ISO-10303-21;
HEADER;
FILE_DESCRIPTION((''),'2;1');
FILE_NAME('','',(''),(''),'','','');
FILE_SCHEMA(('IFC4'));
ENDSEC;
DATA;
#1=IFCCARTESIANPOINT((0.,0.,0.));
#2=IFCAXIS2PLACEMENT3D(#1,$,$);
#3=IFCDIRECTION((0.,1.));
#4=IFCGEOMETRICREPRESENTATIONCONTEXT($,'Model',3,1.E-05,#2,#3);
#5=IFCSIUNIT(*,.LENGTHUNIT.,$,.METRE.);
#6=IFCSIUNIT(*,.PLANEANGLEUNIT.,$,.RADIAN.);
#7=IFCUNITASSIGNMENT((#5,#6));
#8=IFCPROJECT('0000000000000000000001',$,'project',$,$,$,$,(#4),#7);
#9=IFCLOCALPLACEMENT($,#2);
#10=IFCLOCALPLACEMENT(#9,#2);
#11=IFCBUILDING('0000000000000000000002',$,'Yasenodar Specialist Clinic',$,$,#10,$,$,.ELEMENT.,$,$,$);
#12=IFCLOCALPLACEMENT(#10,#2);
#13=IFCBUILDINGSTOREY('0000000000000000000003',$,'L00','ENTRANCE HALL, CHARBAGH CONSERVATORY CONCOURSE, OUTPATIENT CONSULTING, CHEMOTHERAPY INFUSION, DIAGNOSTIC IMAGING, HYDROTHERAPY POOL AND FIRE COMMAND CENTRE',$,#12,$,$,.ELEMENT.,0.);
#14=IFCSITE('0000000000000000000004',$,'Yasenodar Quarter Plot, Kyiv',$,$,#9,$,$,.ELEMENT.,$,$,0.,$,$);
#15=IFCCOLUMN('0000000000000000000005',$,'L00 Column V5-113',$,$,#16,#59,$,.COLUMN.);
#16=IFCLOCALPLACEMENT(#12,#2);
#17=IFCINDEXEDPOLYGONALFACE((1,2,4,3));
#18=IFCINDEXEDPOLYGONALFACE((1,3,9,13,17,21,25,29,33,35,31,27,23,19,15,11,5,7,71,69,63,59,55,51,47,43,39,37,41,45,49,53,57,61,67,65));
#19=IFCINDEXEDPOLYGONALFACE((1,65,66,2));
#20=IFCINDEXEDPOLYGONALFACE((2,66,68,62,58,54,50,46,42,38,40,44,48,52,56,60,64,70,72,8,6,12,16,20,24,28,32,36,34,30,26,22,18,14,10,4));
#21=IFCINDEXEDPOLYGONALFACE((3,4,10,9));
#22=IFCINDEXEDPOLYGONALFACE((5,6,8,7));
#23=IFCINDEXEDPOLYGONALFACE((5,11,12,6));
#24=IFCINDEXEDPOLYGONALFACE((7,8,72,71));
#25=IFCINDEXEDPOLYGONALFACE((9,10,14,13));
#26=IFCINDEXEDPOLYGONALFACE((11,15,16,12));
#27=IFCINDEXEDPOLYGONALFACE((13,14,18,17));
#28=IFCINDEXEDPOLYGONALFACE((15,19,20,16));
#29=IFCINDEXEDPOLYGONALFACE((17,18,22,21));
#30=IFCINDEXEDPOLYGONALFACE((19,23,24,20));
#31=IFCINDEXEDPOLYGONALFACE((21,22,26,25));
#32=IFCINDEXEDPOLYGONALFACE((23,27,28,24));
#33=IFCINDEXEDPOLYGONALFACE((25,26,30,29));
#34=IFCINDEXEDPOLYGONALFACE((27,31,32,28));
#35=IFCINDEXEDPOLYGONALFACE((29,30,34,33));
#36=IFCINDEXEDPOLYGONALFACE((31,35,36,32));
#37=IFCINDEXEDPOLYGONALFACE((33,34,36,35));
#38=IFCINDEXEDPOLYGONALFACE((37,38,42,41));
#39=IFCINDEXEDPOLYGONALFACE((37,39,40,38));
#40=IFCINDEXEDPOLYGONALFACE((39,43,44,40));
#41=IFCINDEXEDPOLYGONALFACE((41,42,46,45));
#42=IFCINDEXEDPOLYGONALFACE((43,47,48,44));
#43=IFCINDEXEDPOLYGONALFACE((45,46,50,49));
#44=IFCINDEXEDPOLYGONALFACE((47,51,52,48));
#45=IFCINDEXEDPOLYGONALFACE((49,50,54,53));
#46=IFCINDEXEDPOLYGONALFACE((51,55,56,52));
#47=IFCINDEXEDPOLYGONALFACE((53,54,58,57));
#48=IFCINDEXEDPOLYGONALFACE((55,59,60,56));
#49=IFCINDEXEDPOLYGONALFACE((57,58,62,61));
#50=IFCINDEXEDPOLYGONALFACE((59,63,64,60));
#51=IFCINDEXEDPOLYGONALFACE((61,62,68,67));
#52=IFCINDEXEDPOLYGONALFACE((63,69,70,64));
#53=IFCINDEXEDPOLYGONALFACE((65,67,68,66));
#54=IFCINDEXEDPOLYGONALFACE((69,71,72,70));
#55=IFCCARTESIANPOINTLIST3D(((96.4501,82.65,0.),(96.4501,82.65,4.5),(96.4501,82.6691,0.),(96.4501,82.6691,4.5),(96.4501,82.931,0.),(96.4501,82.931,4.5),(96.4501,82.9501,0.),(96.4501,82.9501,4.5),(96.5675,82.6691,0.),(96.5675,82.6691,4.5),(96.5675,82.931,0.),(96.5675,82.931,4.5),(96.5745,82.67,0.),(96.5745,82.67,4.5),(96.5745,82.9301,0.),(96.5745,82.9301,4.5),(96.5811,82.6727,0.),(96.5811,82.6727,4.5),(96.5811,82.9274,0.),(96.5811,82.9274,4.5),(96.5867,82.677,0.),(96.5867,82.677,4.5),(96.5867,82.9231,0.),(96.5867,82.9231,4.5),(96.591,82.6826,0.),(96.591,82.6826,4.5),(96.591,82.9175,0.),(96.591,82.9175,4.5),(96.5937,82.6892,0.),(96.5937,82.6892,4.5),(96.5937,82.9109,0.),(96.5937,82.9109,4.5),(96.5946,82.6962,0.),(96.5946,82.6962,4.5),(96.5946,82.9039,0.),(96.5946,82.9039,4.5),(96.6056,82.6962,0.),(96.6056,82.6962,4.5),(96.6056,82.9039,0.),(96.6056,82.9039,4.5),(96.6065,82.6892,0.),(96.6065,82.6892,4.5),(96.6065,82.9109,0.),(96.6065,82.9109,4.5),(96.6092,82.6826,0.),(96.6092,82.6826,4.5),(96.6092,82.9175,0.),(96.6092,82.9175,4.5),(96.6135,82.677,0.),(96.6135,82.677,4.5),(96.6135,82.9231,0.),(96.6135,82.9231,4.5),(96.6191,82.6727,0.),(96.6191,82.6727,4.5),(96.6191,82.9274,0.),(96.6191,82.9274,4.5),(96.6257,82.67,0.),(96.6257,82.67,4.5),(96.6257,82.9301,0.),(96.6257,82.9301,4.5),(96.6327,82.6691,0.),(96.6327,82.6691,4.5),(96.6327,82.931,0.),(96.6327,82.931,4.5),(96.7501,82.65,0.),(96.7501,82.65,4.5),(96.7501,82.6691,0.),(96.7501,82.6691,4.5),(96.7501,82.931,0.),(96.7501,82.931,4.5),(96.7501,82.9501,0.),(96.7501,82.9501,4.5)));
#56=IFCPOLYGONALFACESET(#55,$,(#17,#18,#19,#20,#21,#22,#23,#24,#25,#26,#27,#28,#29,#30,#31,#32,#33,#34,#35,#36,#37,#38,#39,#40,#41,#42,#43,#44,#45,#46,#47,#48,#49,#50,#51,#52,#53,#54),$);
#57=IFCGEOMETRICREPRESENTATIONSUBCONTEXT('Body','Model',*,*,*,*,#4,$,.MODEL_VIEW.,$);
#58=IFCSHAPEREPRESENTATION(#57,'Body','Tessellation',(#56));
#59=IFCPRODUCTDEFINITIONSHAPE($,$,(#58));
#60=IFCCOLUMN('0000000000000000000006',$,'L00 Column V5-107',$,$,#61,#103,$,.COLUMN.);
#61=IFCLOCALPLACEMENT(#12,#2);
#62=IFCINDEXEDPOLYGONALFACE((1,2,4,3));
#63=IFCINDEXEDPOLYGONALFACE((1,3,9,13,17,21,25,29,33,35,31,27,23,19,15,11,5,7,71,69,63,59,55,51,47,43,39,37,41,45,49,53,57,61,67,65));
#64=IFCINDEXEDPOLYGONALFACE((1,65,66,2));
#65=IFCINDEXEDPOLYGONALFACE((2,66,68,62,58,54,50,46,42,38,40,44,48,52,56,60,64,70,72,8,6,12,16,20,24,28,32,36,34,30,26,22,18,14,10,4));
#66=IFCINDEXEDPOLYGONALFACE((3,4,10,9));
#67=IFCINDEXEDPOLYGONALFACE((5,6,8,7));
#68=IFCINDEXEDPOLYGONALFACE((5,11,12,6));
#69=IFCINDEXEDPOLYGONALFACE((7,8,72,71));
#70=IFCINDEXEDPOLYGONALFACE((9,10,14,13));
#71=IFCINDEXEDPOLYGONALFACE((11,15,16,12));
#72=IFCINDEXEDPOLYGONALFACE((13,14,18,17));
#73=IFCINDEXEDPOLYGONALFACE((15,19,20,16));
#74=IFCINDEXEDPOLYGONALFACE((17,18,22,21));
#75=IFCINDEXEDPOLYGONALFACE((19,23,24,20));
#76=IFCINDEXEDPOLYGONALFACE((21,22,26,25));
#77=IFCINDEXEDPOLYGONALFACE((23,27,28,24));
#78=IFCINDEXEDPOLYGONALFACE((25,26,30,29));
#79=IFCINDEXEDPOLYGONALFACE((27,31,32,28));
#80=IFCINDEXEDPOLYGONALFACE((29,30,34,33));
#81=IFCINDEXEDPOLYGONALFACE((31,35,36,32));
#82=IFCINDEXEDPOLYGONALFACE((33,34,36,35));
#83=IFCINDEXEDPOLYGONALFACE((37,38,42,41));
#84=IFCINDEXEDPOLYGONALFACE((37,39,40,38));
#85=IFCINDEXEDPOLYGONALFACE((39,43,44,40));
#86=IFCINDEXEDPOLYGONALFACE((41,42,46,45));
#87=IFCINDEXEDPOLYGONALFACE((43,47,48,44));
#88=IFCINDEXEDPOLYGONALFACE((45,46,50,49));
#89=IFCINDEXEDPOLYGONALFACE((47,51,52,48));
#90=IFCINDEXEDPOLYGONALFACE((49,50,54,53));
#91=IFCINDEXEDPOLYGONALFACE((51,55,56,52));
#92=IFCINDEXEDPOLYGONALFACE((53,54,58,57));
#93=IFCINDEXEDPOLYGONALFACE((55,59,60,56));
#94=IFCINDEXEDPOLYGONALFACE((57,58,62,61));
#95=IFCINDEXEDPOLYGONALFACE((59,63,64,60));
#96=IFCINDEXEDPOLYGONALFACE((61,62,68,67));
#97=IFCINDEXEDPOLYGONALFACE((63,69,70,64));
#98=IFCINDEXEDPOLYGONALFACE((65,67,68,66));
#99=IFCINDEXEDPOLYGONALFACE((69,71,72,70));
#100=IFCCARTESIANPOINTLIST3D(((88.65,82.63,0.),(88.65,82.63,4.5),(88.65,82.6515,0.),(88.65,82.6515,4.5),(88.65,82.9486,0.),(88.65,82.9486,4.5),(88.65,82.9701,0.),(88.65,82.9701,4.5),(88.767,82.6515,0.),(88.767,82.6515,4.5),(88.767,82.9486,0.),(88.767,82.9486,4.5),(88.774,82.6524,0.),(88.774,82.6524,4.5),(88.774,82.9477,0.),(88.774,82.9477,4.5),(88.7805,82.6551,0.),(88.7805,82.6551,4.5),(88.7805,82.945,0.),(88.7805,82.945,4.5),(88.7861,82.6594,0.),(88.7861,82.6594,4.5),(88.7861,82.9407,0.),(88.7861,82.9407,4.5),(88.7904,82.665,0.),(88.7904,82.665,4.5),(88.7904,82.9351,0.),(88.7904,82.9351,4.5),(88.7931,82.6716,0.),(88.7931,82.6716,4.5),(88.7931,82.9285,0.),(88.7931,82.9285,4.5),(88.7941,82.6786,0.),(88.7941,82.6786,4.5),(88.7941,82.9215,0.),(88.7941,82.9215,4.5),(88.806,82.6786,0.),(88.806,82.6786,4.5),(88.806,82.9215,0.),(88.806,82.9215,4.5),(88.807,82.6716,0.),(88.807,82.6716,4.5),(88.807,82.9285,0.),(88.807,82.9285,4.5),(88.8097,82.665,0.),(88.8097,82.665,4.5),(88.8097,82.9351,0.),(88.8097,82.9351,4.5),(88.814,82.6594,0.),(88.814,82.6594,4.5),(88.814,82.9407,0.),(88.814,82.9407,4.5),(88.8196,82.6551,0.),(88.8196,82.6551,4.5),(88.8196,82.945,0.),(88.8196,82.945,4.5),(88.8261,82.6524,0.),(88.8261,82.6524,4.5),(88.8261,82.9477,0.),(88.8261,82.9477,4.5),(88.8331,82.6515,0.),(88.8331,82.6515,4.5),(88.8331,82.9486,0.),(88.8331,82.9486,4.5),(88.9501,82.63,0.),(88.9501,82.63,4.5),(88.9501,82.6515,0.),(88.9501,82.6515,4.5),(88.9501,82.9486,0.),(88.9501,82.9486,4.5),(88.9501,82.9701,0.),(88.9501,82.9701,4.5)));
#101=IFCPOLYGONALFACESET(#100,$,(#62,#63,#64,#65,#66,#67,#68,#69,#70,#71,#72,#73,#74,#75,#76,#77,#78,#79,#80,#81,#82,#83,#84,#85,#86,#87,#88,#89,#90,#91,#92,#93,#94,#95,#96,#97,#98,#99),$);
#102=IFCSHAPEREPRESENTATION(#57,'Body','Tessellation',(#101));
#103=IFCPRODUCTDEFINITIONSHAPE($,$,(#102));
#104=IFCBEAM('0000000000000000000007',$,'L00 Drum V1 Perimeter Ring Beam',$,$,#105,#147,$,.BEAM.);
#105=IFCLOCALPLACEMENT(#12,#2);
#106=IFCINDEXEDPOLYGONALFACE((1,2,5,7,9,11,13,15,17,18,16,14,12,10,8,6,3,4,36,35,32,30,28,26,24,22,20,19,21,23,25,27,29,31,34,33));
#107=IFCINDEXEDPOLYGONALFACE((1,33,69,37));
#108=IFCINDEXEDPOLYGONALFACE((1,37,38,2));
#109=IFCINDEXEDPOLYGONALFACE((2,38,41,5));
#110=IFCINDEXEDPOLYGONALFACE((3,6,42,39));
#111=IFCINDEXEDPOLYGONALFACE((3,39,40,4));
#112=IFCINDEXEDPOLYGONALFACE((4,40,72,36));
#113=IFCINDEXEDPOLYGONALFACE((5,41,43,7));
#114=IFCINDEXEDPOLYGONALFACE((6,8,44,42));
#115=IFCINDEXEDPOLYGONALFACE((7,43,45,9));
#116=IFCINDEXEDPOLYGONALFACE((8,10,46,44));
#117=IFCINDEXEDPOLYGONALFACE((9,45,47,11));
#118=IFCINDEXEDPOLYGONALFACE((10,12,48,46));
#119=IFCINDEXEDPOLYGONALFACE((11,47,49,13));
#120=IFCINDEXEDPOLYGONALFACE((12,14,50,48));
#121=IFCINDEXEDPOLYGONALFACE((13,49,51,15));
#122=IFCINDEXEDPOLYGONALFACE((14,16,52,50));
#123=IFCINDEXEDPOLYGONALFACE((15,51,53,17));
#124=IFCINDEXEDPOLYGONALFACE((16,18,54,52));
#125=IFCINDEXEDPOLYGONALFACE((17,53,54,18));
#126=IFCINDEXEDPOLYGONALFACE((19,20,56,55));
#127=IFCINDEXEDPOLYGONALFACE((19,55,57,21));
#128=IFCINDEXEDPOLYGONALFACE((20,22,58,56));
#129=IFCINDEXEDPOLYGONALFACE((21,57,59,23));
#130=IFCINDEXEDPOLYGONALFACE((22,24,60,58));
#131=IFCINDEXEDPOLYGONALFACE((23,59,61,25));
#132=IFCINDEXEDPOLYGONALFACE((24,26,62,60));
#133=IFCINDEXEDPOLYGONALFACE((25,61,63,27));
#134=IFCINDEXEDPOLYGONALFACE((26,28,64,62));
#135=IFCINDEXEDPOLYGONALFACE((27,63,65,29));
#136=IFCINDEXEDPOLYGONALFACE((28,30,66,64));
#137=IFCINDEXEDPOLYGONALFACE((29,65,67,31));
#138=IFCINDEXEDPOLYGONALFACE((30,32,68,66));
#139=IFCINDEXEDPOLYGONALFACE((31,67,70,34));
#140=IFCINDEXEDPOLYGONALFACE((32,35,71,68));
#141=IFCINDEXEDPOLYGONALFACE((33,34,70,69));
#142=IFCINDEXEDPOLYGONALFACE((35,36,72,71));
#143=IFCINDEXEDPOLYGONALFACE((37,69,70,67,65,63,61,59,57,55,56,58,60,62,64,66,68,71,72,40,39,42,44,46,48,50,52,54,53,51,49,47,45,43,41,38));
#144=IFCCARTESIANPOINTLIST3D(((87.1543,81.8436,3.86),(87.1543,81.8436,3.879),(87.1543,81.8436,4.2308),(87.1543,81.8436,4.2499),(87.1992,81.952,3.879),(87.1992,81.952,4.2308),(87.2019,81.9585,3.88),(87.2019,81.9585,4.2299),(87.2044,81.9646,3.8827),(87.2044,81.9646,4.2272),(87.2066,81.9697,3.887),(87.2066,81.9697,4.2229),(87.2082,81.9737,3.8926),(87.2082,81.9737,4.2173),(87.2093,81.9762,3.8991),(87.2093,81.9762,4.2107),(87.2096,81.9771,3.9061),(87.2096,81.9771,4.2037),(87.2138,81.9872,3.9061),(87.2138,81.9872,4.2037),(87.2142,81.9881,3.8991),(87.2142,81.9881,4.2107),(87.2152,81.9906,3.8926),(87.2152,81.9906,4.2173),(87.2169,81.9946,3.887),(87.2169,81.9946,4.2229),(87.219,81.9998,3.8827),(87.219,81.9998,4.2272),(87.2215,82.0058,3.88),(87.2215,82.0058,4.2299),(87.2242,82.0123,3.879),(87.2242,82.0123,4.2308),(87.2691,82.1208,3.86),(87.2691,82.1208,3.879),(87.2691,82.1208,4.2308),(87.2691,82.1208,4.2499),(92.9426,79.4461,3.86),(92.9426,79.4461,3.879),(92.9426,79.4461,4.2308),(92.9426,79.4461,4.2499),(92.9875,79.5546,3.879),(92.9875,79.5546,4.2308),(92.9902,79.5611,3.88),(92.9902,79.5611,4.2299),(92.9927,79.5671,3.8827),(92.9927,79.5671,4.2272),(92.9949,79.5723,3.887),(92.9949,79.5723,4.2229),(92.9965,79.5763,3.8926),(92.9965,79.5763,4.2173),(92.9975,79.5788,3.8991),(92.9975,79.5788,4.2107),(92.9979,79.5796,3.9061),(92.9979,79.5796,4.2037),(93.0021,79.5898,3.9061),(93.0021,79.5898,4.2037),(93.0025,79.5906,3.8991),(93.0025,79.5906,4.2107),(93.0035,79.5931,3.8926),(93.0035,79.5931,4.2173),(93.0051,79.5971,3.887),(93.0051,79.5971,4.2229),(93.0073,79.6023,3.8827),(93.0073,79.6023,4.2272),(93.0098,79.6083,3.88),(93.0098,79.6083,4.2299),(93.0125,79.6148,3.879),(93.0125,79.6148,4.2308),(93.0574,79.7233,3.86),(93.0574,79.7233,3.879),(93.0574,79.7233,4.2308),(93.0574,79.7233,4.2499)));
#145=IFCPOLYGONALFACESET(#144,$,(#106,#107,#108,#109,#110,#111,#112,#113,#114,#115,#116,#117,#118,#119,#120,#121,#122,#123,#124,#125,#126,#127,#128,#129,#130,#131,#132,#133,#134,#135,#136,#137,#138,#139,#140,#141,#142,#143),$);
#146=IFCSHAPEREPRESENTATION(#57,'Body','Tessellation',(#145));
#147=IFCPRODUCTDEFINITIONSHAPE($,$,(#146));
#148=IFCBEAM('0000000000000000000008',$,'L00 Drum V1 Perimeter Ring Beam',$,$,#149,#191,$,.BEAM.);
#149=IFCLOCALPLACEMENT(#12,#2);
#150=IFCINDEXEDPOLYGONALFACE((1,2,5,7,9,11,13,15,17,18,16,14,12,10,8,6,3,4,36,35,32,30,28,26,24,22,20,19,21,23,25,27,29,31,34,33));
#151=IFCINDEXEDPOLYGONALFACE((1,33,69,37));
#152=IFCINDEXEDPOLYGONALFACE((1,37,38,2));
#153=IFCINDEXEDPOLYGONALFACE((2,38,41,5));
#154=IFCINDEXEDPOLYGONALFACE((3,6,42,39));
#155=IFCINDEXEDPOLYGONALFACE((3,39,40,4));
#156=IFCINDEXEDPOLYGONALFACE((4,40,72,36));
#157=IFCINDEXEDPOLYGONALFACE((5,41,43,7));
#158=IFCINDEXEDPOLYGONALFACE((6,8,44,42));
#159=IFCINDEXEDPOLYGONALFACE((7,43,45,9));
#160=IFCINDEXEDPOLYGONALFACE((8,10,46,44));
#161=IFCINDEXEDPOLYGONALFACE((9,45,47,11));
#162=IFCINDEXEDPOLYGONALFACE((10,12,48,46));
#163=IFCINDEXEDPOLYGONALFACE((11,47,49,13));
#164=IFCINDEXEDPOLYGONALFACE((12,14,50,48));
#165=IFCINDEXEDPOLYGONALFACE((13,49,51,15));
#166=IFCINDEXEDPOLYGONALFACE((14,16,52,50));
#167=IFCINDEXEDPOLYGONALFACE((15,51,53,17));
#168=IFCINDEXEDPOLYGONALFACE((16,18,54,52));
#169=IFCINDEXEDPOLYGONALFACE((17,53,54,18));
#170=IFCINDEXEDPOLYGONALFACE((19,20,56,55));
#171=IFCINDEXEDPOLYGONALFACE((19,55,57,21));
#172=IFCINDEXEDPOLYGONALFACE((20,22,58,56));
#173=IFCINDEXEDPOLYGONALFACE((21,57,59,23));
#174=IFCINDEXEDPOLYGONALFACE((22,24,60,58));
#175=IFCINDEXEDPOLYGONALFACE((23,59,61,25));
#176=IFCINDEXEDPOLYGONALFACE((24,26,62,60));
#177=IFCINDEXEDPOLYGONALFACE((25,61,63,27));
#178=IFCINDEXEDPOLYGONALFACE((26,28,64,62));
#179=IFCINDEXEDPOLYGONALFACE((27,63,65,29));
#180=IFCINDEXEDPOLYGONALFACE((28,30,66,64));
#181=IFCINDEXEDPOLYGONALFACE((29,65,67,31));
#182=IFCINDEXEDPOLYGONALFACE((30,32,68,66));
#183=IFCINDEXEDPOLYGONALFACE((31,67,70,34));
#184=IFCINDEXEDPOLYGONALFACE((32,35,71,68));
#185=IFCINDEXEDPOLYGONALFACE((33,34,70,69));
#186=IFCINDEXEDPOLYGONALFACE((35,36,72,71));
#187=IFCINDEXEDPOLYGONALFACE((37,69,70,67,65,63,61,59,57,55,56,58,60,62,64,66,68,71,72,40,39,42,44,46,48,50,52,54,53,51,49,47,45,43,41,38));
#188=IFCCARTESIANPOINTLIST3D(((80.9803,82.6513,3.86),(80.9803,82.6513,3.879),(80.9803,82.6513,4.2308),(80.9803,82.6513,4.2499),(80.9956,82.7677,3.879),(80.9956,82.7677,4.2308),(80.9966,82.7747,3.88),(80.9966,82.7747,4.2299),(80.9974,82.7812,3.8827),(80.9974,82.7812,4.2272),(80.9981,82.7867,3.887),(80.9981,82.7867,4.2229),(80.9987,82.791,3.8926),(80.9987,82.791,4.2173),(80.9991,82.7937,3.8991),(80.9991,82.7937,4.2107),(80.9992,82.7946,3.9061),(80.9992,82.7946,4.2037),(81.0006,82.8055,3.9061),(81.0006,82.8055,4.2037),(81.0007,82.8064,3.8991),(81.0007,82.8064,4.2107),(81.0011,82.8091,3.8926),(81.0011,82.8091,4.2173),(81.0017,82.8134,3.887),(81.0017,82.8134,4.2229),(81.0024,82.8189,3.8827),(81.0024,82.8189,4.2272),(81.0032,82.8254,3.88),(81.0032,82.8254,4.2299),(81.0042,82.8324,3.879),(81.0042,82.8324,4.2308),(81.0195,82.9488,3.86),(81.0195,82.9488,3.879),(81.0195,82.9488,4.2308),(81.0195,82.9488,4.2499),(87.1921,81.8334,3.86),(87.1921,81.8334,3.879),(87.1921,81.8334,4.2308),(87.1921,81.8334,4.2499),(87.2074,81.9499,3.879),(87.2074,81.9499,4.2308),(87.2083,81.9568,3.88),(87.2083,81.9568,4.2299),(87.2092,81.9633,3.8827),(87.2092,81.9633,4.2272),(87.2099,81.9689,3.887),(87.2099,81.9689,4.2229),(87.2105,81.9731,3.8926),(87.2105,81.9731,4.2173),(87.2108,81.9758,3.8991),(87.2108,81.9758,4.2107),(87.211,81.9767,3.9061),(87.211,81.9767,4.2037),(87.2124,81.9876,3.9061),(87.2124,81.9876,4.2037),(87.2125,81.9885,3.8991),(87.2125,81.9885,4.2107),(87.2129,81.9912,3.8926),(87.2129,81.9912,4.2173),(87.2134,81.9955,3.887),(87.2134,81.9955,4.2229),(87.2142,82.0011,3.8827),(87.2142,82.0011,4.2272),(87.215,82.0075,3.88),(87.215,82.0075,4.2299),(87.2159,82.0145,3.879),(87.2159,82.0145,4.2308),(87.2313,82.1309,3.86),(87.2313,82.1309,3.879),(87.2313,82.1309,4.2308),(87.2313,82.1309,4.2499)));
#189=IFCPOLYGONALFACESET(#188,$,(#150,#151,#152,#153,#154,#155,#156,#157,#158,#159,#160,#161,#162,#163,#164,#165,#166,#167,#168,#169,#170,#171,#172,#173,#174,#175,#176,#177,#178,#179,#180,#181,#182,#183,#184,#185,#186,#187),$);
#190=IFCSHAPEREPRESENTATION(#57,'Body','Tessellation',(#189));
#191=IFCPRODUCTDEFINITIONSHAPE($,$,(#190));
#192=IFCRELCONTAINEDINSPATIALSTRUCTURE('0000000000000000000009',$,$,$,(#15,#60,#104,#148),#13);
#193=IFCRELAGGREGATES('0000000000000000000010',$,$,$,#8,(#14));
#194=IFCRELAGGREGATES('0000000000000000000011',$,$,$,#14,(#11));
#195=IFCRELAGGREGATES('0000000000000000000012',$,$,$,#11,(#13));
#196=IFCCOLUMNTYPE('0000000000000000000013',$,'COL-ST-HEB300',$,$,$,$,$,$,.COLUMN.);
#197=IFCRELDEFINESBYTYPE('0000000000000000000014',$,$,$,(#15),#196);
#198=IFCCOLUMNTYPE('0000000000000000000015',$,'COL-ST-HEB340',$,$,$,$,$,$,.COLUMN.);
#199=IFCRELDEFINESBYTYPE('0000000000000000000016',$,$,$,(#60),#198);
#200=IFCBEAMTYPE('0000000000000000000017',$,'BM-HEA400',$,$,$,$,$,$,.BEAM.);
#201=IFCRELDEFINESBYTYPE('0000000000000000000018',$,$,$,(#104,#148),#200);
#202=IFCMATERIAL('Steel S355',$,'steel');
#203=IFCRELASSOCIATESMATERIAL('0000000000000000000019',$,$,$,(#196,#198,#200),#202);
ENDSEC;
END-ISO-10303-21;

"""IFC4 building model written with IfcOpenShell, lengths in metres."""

from ifc_helpers import new_model, si_unit, direction, frame, origin, origin_2d, place, context, subcontext, project, spatial, i_section, extrude, material, material_profile, profile_set, type_object, element, save


model = new_model("IFC4")

# Units and contexts
model_context = context("Model", 3, precision=1e-05, world=origin(), true_north=direction((0.0, 1.0)))
body_context = subcontext(model_context, "Body", "Model", "MODEL_VIEW")
ifc_project = project(units=[si_unit("LENGTHUNIT", "METRE"), si_unit("PLANEANGLEUNIT", "RADIAN")], contexts=[model_context])

# Site, building, storey
site_placement = place(None, origin())
site = spatial("IfcSite", under=ifc_project, at=site_placement, Name="Yasenodar Quarter Plot, Kyiv", CompositionType="ELEMENT", RefElevation=0.0)
building_placement = place(site_placement, origin())
building = spatial("IfcBuilding", under=site, at=building_placement, Name="Yasenodar Specialist Clinic", CompositionType="ELEMENT")
storey_placement = place(building_placement, origin())
storey = spatial("IfcBuildingStorey", under=building, at=storey_placement, Name="L00", Description="ENTRANCE HALL, CHARBAGH CONSERVATORY CONCOURSE, OUTPATIENT CONSULTING, CHEMOTHERAPY INFUSION, DIAGNOSTIC IMAGING, HYDROTHERAPY POOL AND FIRE COMMAND CENTRE", CompositionType="ELEMENT", Elevation=0.0)

# Columns
ifc_material_1 = material(Name="Steel S355", Category="steel")
ifc_material_profile_1 = material_profile(ifc_material_1, i_section(OverallWidth=0.3, OverallDepth=0.3, WebThickness=0.011, FlangeThickness=0.019, FilletRadius=0.0271, at=origin_2d()), Name="HEB 300")
ifc_profile_set_1 = profile_set([ifc_material_profile_1], Name="Steel S355")
column_type_1 = type_object("IfcColumnType", Name="COL-ST-HEB300", PredefinedType="COLUMN", material=ifc_profile_set_1)
for number, where, z_axis, x_axis, name in (
    (1, (96.6001, 82.8, 0.0), (0.0, 0.0, 1.0), (1.0, 0.0, 0.0), "L00 Column V5-113"),
):
    element("IfcColumn", number, at=place(storey_placement, frame(where, z_axis=z_axis, x_axis=x_axis)), inside=storey, type_object=column_type_1, Name=name, PredefinedType="COLUMN", context=body_context, shape_type="SweptSolid", body=[
        extrude(i_section(OverallWidth=0.3, OverallDepth=0.3, WebThickness=0.011, FlangeThickness=0.019, FilletRadius=0.0271, at=origin_2d()), origin(), (0.0, 0.0, 1.0), 4.5),
    ])
ifc_material_profile_2 = material_profile(ifc_material_1, i_section(OverallWidth=0.3, OverallDepth=0.3401, WebThickness=0.012, FlangeThickness=0.0215, FilletRadius=0.0271, at=origin_2d()), Name="HEB 340")
ifc_profile_set_2 = profile_set([ifc_material_profile_2], Name="Steel S355")
column_type_2 = type_object("IfcColumnType", Name="COL-ST-HEB340", PredefinedType="COLUMN", material=ifc_profile_set_2)
column_placement = place(storey_placement, frame((88.8, 82.8, 0.0), z_axis=(0.0, 0.0, 1.0), x_axis=(1.0, 0.0, 0.0)))
element("IfcColumn", 2, at=column_placement, inside=storey, type_object=column_type_2, Name="L00 Column V5-107", PredefinedType="COLUMN", context=body_context, shape_type="SweptSolid", body=[
    extrude(i_section(OverallWidth=0.3, OverallDepth=0.3401, WebThickness=0.012, FlangeThickness=0.0215, FilletRadius=0.0271, at=origin_2d()), origin(), (0.0, 0.0, 1.0), 4.5),
])

# Beams
ifc_material_profile_3 = material_profile(ifc_material_1, i_section(OverallWidth=0.3, OverallDepth=0.3899, WebThickness=0.011, FlangeThickness=0.019, FilletRadius=0.0271, at=origin_2d()), Name="HEA 400")
ifc_profile_set_3 = profile_set([ifc_material_profile_3], Name="Steel S355")
beam_type_1 = type_object("IfcBeamType", Name="BM-HEA400", PredefinedType="BEAM", material=ifc_profile_set_3)
beam_1_placement = place(storey_placement, frame((93.0, 79.5847, 4.0549), z_axis=(-0.923888, 0.382664, 0.0), x_axis=(-0.382664, -0.923888, 0.0)))
element("IfcBeam", 3, at=beam_1_placement, inside=storey, type_object=beam_type_1, Name="L00 Drum V1 Perimeter Ring Beam", PredefinedType="BEAM", context=body_context, shape_type="SweptSolid", body=[
    extrude(i_section(OverallWidth=0.3, OverallDepth=0.3899, WebThickness=0.011, FlangeThickness=0.019, FilletRadius=0.0271, at=origin_2d()), origin(), (0.0, 0.0, 1.0), 6.2651),
])
for number, where, z_axis, x_axis, name in (
    (4, (87.2117, 81.9822, 4.0549), (-0.991443, 0.13054, 0.0), (-0.13054, -0.991443, 0.0), "L00 Drum V1 Perimeter Ring Beam"),
):
    element("IfcBeam", number, at=place(storey_placement, frame(where, z_axis=z_axis, x_axis=x_axis)), inside=storey, type_object=beam_type_1, Name=name, PredefinedType="BEAM", context=body_context, shape_type="SweptSolid", body=[
        extrude(i_section(OverallWidth=0.3, OverallDepth=0.3899, WebThickness=0.011, FlangeThickness=0.019, FilletRadius=0.0271, at=origin_2d()), origin(), (0.0, 0.0, 1.0), 6.2654),
    ])

save(model, "model.ifc")
